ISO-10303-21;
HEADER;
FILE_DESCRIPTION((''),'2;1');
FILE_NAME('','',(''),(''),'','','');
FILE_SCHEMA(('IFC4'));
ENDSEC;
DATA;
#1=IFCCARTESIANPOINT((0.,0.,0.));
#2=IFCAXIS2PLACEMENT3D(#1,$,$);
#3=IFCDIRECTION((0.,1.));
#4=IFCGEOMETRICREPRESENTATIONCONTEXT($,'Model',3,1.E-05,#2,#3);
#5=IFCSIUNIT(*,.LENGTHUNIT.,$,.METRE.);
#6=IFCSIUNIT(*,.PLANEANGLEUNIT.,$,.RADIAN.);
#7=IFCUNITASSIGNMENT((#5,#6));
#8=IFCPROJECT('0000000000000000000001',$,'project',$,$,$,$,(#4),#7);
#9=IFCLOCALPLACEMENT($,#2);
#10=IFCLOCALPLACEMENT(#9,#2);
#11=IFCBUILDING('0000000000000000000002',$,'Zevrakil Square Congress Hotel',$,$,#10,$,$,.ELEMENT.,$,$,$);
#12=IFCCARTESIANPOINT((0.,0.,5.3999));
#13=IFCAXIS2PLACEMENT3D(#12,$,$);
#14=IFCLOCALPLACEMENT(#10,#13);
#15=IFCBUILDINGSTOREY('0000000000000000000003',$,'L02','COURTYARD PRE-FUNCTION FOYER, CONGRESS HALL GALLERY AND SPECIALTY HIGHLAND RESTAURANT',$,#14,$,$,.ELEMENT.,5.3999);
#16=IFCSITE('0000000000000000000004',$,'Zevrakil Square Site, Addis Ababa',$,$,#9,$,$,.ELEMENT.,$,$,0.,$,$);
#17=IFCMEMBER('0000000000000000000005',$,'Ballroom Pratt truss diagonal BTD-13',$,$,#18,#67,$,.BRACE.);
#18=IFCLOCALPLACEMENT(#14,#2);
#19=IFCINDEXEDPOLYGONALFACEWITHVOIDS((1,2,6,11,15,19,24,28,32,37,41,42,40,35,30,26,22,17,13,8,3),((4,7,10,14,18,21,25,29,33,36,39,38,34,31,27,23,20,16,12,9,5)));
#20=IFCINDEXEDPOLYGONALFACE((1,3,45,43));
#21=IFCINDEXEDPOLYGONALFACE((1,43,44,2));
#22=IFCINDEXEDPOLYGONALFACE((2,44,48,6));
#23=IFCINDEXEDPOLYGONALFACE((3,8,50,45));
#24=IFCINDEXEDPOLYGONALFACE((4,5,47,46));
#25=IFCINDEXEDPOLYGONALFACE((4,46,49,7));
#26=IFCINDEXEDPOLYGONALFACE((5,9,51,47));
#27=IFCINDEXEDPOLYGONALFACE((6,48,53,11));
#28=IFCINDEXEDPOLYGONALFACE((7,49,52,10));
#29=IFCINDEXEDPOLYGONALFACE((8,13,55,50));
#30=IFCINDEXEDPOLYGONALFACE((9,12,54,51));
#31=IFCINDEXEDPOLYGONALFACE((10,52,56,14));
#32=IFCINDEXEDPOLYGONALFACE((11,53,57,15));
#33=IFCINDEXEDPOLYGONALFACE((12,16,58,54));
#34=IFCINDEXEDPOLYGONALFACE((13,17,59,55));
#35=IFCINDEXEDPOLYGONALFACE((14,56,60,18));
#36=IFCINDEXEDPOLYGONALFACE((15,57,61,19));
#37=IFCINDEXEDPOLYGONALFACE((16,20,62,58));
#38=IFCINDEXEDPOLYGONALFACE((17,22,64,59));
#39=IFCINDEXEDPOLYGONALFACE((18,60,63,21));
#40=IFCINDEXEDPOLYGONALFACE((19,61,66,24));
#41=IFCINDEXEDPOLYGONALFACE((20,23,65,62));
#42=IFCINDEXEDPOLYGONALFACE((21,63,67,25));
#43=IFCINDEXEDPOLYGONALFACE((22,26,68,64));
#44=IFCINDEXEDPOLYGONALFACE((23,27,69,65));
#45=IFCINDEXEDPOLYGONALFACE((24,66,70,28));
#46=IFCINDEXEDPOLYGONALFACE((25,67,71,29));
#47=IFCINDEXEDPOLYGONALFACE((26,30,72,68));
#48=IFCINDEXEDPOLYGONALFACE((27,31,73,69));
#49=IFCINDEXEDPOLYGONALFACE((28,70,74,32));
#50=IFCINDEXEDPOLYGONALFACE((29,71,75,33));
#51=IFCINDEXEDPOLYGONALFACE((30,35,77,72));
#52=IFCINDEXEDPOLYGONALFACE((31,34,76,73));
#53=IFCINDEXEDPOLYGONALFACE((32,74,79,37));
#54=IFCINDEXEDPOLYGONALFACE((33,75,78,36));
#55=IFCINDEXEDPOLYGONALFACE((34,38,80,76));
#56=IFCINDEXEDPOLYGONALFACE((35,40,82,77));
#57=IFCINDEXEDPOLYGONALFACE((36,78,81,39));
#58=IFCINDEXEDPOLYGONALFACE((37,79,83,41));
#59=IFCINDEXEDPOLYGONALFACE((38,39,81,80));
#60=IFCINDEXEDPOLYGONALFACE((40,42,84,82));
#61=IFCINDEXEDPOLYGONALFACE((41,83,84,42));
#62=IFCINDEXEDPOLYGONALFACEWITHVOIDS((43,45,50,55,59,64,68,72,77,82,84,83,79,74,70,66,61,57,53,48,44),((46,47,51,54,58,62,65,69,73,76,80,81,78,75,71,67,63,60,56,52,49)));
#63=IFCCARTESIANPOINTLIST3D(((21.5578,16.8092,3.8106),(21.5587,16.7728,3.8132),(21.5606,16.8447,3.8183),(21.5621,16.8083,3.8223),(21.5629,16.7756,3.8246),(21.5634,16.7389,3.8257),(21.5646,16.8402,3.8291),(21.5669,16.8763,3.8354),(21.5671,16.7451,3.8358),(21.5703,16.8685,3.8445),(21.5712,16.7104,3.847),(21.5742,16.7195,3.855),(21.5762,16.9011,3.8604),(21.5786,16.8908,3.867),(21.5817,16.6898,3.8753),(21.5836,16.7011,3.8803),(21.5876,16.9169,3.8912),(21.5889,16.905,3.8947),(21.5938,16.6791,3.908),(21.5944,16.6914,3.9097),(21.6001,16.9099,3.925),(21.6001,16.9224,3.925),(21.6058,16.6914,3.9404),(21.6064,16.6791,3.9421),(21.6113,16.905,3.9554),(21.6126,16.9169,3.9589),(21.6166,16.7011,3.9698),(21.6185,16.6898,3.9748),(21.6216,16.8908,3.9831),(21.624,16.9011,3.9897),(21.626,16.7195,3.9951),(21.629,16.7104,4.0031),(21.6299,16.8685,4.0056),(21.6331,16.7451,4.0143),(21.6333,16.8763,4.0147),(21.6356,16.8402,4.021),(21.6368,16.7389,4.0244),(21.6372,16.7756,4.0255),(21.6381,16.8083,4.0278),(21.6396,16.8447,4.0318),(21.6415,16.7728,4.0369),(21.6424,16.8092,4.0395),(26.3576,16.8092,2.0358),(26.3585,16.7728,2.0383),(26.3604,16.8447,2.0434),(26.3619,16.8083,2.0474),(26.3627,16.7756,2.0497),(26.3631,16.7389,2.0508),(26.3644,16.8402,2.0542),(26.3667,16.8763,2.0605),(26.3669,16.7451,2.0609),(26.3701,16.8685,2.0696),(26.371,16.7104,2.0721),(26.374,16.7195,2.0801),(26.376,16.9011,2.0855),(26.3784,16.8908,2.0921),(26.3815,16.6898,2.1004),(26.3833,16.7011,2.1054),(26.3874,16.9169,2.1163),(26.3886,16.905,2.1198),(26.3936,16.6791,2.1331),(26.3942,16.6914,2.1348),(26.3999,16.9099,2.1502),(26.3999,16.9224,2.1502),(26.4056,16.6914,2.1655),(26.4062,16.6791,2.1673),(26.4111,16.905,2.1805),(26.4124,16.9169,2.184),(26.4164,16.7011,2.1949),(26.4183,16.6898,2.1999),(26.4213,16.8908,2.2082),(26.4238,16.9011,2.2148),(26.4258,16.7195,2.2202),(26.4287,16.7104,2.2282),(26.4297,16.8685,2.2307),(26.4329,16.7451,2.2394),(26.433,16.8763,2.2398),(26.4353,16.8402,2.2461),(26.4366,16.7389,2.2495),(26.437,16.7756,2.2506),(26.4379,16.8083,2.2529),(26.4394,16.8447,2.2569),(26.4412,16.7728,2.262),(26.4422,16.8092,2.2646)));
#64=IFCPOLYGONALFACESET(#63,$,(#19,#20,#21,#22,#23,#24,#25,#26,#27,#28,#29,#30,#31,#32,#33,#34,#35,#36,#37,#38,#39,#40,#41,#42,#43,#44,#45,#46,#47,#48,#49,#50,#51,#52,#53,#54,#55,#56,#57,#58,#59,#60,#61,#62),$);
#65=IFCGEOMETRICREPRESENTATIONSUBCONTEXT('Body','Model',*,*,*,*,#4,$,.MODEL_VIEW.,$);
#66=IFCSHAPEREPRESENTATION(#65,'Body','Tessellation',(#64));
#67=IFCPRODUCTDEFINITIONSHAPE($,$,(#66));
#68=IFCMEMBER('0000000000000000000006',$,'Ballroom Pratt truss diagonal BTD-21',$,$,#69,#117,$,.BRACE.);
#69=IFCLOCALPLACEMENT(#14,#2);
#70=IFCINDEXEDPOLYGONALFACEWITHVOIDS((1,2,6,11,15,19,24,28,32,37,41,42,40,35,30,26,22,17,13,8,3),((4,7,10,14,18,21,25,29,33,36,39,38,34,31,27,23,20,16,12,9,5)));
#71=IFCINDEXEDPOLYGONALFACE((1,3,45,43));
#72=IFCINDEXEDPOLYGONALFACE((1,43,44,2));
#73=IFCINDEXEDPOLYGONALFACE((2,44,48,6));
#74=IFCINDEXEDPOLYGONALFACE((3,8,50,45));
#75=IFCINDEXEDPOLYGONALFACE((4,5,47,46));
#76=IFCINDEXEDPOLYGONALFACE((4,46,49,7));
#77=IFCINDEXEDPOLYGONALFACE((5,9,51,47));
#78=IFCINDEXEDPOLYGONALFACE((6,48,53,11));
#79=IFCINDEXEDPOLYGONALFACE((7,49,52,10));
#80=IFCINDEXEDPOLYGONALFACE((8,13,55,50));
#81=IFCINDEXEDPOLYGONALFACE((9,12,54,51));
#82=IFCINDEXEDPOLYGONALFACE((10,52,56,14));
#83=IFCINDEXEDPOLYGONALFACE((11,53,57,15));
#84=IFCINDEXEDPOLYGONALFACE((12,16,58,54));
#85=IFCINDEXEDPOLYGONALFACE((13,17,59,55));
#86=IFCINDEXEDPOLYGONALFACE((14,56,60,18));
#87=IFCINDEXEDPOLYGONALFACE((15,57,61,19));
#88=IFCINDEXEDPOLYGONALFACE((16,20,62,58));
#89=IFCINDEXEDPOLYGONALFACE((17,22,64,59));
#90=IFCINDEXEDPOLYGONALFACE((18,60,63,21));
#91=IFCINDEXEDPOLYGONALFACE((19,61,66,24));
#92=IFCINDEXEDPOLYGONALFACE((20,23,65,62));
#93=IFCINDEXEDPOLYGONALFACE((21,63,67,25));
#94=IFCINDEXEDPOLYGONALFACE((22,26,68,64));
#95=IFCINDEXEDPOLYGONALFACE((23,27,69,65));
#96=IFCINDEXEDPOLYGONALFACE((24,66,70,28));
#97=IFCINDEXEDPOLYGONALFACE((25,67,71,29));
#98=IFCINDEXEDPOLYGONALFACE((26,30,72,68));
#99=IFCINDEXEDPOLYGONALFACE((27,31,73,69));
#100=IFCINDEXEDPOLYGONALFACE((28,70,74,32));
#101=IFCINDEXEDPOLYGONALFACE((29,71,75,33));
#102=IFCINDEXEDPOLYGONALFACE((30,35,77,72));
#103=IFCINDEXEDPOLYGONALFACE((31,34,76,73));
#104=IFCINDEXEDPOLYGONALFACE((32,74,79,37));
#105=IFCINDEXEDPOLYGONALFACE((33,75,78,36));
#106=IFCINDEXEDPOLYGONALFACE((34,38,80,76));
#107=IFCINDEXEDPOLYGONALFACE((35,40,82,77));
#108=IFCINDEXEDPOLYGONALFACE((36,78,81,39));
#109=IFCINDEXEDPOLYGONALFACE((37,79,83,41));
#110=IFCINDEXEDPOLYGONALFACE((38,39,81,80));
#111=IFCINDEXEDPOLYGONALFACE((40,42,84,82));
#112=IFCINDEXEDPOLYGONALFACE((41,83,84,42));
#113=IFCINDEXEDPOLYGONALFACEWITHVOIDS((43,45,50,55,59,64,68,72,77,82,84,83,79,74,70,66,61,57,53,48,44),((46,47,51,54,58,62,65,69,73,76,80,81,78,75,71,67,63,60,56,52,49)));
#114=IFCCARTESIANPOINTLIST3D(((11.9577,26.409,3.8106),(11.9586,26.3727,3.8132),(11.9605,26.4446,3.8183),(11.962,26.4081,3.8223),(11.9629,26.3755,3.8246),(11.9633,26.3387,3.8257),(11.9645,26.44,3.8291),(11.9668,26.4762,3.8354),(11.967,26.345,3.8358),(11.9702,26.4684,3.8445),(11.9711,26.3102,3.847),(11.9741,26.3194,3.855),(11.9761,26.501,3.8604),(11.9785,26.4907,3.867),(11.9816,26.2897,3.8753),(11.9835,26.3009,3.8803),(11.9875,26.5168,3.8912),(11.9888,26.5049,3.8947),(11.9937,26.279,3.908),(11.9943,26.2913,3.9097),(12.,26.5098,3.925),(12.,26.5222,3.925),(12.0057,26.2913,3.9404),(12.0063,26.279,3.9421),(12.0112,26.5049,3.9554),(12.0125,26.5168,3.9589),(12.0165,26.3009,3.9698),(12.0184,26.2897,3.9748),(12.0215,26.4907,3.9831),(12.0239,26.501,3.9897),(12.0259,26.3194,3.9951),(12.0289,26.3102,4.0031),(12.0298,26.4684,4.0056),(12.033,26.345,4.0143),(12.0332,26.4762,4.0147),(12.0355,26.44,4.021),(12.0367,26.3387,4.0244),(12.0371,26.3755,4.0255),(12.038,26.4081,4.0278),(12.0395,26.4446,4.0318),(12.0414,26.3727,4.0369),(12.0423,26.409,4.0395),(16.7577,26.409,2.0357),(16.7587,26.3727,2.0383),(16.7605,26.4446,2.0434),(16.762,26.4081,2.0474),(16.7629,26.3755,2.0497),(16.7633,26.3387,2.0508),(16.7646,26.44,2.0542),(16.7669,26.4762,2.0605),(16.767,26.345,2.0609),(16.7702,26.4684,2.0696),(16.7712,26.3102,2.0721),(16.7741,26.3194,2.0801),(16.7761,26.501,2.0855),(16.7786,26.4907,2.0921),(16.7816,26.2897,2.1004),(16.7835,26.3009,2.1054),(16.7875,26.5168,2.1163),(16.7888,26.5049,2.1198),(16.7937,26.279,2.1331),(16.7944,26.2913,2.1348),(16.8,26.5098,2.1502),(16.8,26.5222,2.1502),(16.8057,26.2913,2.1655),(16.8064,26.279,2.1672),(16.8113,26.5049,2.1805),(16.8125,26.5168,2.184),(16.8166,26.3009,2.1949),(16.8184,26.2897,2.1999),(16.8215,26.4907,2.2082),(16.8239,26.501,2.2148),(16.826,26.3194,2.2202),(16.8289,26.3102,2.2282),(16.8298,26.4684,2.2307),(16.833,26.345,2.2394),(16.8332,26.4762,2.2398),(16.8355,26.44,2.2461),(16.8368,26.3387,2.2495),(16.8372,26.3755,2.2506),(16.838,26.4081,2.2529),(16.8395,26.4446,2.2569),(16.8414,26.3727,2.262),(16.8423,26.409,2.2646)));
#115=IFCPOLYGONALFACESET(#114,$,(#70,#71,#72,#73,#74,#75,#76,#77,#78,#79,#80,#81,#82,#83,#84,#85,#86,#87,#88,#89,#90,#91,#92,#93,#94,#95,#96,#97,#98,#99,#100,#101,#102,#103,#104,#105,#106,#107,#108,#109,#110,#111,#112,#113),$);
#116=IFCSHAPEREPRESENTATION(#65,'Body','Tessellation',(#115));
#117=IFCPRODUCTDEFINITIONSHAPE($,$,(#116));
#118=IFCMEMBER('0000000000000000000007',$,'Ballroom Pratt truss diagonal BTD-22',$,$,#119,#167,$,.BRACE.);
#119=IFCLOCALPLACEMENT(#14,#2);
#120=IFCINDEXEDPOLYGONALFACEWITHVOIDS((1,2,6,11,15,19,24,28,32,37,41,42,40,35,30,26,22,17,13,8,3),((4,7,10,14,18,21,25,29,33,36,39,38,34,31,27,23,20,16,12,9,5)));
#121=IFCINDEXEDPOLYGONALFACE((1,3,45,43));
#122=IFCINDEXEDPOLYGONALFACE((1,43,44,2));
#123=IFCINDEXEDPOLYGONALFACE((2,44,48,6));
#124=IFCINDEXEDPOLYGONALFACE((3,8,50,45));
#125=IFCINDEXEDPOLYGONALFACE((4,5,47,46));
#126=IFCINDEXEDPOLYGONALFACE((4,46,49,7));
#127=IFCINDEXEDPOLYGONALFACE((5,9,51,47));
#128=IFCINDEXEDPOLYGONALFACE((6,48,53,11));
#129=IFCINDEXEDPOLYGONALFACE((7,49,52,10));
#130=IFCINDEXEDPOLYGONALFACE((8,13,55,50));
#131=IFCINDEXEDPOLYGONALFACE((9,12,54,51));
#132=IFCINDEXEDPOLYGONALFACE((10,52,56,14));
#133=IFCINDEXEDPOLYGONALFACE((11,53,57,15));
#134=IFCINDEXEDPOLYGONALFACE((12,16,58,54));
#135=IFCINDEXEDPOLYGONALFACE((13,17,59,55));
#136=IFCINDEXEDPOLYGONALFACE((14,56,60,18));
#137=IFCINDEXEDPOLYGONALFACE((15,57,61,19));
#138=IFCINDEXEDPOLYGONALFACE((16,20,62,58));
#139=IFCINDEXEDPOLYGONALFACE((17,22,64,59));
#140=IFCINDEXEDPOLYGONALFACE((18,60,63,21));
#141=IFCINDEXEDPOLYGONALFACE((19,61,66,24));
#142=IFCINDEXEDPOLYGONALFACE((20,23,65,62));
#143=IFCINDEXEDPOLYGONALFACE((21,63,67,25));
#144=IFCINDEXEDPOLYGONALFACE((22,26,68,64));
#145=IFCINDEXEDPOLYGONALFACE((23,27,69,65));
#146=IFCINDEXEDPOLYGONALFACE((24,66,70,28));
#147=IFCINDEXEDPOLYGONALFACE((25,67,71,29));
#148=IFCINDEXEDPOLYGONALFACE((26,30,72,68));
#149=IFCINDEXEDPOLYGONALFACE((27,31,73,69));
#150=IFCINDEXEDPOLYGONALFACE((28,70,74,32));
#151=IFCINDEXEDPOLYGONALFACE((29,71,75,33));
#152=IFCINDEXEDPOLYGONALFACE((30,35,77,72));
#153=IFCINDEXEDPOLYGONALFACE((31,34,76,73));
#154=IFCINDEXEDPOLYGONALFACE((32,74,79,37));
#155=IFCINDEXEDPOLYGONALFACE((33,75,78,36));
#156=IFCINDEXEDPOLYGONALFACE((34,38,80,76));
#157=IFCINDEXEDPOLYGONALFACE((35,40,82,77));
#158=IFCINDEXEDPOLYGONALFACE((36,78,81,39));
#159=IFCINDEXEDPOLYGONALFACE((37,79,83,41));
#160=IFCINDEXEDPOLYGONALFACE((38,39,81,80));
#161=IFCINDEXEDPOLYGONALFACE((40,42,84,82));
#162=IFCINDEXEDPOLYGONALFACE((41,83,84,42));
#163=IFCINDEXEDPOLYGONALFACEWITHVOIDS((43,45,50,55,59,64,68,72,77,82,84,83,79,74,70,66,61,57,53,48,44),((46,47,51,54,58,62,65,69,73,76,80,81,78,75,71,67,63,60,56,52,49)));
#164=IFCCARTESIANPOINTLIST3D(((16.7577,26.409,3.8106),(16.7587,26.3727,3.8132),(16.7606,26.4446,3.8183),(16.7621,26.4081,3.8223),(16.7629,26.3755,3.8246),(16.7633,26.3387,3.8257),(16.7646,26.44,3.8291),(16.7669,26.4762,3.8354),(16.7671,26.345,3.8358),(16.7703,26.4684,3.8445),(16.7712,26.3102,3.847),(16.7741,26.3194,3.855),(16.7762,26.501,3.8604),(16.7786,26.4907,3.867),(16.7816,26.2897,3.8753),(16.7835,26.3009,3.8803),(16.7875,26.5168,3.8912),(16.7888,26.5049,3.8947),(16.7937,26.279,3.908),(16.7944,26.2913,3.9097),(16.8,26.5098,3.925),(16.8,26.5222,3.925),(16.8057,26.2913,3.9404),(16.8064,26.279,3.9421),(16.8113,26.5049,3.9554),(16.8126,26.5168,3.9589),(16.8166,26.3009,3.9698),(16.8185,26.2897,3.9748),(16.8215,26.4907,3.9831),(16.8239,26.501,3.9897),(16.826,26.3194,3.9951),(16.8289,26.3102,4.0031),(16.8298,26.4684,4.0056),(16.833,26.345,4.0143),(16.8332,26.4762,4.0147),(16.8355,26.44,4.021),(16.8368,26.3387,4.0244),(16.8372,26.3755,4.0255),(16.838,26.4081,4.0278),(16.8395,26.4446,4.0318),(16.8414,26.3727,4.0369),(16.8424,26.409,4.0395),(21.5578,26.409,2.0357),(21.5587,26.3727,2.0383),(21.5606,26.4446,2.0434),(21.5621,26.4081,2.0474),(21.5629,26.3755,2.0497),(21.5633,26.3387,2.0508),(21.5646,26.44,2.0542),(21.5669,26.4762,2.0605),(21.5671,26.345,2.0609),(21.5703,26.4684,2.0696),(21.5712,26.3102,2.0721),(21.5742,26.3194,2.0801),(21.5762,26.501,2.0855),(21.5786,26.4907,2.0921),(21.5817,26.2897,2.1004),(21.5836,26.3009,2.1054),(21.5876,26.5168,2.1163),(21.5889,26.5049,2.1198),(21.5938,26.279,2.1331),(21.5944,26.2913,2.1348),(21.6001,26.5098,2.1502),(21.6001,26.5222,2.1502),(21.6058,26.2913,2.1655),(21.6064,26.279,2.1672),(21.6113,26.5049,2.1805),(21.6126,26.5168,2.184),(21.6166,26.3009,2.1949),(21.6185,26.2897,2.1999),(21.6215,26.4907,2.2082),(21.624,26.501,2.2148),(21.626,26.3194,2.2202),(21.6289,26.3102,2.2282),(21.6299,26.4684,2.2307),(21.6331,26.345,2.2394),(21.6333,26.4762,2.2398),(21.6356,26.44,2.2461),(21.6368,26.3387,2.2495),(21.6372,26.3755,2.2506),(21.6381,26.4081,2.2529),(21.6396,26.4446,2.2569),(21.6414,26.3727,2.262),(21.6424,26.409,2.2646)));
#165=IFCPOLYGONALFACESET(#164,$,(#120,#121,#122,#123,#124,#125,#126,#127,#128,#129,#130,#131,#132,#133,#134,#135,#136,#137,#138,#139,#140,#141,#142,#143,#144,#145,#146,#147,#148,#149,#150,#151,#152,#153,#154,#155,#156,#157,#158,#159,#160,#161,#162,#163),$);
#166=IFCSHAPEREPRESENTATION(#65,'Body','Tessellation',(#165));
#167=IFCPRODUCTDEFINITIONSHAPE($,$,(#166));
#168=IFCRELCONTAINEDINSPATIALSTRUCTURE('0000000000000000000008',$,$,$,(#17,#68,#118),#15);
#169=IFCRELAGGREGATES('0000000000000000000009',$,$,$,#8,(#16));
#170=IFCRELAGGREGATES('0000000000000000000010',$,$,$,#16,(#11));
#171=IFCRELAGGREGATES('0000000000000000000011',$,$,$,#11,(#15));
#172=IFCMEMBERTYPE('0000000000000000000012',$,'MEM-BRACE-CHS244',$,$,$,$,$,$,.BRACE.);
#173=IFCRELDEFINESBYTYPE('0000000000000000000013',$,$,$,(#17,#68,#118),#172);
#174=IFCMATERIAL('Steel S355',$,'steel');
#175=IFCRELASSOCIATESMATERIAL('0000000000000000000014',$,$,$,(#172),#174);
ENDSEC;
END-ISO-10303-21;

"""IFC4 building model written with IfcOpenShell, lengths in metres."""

from ifc_helpers import new_model, si_unit, direction, frame, origin, origin_2d, place, context, subcontext, project, spatial, hollow_circle, extrude, material, material_profile, profile_set, type_object, element, save


model = new_model("IFC4")

# Units and contexts
model_context = context("Model", 3, precision=1e-05, world=origin(), true_north=direction((0.0, 1.0)))
body_context = subcontext(model_context, "Body", "Model", "MODEL_VIEW")
ifc_project = project(units=[si_unit("LENGTHUNIT", "METRE"), si_unit("PLANEANGLEUNIT", "RADIAN")], contexts=[model_context])

# Site, building, storey
site_placement = place(None, origin())
site = spatial("IfcSite", under=ifc_project, at=site_placement, Name="Zevrakil Square Site, Addis Ababa", CompositionType="ELEMENT", RefElevation=0.0)
building_placement = place(site_placement, origin())
building = spatial("IfcBuilding", under=site, at=building_placement, Name="Zevrakil Square Congress Hotel", CompositionType="ELEMENT")
storey_placement = place(building_placement, frame((0.0, 0.0, 5.3999)))
storey = spatial("IfcBuildingStorey", under=building, at=storey_placement, Name="L02", Description="COURTYARD PRE-FUNCTION FOYER, CONGRESS HALL GALLERY AND SPECIALTY HIGHLAND RESTAURANT", CompositionType="ELEMENT", Elevation=5.3999)

# Members
ifc_material_1 = material(Name="Steel S355", Category="steel")
ifc_material_profile_1 = material_profile(ifc_material_1, hollow_circle(Radius=0.1223, WallThickness=0.0125, at=origin_2d()), Name="CHS 244.5x12.5")
ifc_profile_set_1 = profile_set([ifc_material_profile_1], Name="Steel S355")
member_type_1 = type_object("IfcMemberType", Name="MEM-BRACE-CHS244", PredefinedType="BRACE", material=ifc_profile_set_1)
member_1_placement = place(storey_placement, frame((21.6001, 16.8, 3.925), z_axis=(0.937927, 0.0, -0.346833), x_axis=(0.0, 1.0, 0.0)))
element("IfcMember", 1, at=member_1_placement, inside=storey, type_object=member_type_1, Name="Ballroom Pratt truss diagonal BTD-13", PredefinedType="BRACE", context=body_context, shape_type="SweptSolid", body=[
    extrude(hollow_circle(Radius=0.1223, WallThickness=0.0125, at=origin_2d()), origin(), (0.0, 0.0, 1.0), 5.1174),
])
for number, where, z_axis, x_axis, name in (
    (2, (12.0, 26.3999, 3.925), (0.937933, 0.0, -0.346817), (0.0, 1.0, 0.0), "Ballroom Pratt truss diagonal BTD-21"),
    (3, (16.8, 26.3999, 3.925), (0.937933, 0.0, -0.346817), (0.0, 1.0, 0.0), "Ballroom Pratt truss diagonal BTD-22"),
):
    element("IfcMember", number, at=place(storey_placement, frame(where, z_axis=z_axis, x_axis=x_axis)), inside=storey, type_object=member_type_1, Name=name, PredefinedType="BRACE", context=body_context, shape_type="SweptSolid", body=[
        extrude(hollow_circle(Radius=0.1223, WallThickness=0.0125, at=origin_2d()), origin(), (0.0, 0.0, 1.0), 5.1177),
    ])

save(model, "model.ifc")
